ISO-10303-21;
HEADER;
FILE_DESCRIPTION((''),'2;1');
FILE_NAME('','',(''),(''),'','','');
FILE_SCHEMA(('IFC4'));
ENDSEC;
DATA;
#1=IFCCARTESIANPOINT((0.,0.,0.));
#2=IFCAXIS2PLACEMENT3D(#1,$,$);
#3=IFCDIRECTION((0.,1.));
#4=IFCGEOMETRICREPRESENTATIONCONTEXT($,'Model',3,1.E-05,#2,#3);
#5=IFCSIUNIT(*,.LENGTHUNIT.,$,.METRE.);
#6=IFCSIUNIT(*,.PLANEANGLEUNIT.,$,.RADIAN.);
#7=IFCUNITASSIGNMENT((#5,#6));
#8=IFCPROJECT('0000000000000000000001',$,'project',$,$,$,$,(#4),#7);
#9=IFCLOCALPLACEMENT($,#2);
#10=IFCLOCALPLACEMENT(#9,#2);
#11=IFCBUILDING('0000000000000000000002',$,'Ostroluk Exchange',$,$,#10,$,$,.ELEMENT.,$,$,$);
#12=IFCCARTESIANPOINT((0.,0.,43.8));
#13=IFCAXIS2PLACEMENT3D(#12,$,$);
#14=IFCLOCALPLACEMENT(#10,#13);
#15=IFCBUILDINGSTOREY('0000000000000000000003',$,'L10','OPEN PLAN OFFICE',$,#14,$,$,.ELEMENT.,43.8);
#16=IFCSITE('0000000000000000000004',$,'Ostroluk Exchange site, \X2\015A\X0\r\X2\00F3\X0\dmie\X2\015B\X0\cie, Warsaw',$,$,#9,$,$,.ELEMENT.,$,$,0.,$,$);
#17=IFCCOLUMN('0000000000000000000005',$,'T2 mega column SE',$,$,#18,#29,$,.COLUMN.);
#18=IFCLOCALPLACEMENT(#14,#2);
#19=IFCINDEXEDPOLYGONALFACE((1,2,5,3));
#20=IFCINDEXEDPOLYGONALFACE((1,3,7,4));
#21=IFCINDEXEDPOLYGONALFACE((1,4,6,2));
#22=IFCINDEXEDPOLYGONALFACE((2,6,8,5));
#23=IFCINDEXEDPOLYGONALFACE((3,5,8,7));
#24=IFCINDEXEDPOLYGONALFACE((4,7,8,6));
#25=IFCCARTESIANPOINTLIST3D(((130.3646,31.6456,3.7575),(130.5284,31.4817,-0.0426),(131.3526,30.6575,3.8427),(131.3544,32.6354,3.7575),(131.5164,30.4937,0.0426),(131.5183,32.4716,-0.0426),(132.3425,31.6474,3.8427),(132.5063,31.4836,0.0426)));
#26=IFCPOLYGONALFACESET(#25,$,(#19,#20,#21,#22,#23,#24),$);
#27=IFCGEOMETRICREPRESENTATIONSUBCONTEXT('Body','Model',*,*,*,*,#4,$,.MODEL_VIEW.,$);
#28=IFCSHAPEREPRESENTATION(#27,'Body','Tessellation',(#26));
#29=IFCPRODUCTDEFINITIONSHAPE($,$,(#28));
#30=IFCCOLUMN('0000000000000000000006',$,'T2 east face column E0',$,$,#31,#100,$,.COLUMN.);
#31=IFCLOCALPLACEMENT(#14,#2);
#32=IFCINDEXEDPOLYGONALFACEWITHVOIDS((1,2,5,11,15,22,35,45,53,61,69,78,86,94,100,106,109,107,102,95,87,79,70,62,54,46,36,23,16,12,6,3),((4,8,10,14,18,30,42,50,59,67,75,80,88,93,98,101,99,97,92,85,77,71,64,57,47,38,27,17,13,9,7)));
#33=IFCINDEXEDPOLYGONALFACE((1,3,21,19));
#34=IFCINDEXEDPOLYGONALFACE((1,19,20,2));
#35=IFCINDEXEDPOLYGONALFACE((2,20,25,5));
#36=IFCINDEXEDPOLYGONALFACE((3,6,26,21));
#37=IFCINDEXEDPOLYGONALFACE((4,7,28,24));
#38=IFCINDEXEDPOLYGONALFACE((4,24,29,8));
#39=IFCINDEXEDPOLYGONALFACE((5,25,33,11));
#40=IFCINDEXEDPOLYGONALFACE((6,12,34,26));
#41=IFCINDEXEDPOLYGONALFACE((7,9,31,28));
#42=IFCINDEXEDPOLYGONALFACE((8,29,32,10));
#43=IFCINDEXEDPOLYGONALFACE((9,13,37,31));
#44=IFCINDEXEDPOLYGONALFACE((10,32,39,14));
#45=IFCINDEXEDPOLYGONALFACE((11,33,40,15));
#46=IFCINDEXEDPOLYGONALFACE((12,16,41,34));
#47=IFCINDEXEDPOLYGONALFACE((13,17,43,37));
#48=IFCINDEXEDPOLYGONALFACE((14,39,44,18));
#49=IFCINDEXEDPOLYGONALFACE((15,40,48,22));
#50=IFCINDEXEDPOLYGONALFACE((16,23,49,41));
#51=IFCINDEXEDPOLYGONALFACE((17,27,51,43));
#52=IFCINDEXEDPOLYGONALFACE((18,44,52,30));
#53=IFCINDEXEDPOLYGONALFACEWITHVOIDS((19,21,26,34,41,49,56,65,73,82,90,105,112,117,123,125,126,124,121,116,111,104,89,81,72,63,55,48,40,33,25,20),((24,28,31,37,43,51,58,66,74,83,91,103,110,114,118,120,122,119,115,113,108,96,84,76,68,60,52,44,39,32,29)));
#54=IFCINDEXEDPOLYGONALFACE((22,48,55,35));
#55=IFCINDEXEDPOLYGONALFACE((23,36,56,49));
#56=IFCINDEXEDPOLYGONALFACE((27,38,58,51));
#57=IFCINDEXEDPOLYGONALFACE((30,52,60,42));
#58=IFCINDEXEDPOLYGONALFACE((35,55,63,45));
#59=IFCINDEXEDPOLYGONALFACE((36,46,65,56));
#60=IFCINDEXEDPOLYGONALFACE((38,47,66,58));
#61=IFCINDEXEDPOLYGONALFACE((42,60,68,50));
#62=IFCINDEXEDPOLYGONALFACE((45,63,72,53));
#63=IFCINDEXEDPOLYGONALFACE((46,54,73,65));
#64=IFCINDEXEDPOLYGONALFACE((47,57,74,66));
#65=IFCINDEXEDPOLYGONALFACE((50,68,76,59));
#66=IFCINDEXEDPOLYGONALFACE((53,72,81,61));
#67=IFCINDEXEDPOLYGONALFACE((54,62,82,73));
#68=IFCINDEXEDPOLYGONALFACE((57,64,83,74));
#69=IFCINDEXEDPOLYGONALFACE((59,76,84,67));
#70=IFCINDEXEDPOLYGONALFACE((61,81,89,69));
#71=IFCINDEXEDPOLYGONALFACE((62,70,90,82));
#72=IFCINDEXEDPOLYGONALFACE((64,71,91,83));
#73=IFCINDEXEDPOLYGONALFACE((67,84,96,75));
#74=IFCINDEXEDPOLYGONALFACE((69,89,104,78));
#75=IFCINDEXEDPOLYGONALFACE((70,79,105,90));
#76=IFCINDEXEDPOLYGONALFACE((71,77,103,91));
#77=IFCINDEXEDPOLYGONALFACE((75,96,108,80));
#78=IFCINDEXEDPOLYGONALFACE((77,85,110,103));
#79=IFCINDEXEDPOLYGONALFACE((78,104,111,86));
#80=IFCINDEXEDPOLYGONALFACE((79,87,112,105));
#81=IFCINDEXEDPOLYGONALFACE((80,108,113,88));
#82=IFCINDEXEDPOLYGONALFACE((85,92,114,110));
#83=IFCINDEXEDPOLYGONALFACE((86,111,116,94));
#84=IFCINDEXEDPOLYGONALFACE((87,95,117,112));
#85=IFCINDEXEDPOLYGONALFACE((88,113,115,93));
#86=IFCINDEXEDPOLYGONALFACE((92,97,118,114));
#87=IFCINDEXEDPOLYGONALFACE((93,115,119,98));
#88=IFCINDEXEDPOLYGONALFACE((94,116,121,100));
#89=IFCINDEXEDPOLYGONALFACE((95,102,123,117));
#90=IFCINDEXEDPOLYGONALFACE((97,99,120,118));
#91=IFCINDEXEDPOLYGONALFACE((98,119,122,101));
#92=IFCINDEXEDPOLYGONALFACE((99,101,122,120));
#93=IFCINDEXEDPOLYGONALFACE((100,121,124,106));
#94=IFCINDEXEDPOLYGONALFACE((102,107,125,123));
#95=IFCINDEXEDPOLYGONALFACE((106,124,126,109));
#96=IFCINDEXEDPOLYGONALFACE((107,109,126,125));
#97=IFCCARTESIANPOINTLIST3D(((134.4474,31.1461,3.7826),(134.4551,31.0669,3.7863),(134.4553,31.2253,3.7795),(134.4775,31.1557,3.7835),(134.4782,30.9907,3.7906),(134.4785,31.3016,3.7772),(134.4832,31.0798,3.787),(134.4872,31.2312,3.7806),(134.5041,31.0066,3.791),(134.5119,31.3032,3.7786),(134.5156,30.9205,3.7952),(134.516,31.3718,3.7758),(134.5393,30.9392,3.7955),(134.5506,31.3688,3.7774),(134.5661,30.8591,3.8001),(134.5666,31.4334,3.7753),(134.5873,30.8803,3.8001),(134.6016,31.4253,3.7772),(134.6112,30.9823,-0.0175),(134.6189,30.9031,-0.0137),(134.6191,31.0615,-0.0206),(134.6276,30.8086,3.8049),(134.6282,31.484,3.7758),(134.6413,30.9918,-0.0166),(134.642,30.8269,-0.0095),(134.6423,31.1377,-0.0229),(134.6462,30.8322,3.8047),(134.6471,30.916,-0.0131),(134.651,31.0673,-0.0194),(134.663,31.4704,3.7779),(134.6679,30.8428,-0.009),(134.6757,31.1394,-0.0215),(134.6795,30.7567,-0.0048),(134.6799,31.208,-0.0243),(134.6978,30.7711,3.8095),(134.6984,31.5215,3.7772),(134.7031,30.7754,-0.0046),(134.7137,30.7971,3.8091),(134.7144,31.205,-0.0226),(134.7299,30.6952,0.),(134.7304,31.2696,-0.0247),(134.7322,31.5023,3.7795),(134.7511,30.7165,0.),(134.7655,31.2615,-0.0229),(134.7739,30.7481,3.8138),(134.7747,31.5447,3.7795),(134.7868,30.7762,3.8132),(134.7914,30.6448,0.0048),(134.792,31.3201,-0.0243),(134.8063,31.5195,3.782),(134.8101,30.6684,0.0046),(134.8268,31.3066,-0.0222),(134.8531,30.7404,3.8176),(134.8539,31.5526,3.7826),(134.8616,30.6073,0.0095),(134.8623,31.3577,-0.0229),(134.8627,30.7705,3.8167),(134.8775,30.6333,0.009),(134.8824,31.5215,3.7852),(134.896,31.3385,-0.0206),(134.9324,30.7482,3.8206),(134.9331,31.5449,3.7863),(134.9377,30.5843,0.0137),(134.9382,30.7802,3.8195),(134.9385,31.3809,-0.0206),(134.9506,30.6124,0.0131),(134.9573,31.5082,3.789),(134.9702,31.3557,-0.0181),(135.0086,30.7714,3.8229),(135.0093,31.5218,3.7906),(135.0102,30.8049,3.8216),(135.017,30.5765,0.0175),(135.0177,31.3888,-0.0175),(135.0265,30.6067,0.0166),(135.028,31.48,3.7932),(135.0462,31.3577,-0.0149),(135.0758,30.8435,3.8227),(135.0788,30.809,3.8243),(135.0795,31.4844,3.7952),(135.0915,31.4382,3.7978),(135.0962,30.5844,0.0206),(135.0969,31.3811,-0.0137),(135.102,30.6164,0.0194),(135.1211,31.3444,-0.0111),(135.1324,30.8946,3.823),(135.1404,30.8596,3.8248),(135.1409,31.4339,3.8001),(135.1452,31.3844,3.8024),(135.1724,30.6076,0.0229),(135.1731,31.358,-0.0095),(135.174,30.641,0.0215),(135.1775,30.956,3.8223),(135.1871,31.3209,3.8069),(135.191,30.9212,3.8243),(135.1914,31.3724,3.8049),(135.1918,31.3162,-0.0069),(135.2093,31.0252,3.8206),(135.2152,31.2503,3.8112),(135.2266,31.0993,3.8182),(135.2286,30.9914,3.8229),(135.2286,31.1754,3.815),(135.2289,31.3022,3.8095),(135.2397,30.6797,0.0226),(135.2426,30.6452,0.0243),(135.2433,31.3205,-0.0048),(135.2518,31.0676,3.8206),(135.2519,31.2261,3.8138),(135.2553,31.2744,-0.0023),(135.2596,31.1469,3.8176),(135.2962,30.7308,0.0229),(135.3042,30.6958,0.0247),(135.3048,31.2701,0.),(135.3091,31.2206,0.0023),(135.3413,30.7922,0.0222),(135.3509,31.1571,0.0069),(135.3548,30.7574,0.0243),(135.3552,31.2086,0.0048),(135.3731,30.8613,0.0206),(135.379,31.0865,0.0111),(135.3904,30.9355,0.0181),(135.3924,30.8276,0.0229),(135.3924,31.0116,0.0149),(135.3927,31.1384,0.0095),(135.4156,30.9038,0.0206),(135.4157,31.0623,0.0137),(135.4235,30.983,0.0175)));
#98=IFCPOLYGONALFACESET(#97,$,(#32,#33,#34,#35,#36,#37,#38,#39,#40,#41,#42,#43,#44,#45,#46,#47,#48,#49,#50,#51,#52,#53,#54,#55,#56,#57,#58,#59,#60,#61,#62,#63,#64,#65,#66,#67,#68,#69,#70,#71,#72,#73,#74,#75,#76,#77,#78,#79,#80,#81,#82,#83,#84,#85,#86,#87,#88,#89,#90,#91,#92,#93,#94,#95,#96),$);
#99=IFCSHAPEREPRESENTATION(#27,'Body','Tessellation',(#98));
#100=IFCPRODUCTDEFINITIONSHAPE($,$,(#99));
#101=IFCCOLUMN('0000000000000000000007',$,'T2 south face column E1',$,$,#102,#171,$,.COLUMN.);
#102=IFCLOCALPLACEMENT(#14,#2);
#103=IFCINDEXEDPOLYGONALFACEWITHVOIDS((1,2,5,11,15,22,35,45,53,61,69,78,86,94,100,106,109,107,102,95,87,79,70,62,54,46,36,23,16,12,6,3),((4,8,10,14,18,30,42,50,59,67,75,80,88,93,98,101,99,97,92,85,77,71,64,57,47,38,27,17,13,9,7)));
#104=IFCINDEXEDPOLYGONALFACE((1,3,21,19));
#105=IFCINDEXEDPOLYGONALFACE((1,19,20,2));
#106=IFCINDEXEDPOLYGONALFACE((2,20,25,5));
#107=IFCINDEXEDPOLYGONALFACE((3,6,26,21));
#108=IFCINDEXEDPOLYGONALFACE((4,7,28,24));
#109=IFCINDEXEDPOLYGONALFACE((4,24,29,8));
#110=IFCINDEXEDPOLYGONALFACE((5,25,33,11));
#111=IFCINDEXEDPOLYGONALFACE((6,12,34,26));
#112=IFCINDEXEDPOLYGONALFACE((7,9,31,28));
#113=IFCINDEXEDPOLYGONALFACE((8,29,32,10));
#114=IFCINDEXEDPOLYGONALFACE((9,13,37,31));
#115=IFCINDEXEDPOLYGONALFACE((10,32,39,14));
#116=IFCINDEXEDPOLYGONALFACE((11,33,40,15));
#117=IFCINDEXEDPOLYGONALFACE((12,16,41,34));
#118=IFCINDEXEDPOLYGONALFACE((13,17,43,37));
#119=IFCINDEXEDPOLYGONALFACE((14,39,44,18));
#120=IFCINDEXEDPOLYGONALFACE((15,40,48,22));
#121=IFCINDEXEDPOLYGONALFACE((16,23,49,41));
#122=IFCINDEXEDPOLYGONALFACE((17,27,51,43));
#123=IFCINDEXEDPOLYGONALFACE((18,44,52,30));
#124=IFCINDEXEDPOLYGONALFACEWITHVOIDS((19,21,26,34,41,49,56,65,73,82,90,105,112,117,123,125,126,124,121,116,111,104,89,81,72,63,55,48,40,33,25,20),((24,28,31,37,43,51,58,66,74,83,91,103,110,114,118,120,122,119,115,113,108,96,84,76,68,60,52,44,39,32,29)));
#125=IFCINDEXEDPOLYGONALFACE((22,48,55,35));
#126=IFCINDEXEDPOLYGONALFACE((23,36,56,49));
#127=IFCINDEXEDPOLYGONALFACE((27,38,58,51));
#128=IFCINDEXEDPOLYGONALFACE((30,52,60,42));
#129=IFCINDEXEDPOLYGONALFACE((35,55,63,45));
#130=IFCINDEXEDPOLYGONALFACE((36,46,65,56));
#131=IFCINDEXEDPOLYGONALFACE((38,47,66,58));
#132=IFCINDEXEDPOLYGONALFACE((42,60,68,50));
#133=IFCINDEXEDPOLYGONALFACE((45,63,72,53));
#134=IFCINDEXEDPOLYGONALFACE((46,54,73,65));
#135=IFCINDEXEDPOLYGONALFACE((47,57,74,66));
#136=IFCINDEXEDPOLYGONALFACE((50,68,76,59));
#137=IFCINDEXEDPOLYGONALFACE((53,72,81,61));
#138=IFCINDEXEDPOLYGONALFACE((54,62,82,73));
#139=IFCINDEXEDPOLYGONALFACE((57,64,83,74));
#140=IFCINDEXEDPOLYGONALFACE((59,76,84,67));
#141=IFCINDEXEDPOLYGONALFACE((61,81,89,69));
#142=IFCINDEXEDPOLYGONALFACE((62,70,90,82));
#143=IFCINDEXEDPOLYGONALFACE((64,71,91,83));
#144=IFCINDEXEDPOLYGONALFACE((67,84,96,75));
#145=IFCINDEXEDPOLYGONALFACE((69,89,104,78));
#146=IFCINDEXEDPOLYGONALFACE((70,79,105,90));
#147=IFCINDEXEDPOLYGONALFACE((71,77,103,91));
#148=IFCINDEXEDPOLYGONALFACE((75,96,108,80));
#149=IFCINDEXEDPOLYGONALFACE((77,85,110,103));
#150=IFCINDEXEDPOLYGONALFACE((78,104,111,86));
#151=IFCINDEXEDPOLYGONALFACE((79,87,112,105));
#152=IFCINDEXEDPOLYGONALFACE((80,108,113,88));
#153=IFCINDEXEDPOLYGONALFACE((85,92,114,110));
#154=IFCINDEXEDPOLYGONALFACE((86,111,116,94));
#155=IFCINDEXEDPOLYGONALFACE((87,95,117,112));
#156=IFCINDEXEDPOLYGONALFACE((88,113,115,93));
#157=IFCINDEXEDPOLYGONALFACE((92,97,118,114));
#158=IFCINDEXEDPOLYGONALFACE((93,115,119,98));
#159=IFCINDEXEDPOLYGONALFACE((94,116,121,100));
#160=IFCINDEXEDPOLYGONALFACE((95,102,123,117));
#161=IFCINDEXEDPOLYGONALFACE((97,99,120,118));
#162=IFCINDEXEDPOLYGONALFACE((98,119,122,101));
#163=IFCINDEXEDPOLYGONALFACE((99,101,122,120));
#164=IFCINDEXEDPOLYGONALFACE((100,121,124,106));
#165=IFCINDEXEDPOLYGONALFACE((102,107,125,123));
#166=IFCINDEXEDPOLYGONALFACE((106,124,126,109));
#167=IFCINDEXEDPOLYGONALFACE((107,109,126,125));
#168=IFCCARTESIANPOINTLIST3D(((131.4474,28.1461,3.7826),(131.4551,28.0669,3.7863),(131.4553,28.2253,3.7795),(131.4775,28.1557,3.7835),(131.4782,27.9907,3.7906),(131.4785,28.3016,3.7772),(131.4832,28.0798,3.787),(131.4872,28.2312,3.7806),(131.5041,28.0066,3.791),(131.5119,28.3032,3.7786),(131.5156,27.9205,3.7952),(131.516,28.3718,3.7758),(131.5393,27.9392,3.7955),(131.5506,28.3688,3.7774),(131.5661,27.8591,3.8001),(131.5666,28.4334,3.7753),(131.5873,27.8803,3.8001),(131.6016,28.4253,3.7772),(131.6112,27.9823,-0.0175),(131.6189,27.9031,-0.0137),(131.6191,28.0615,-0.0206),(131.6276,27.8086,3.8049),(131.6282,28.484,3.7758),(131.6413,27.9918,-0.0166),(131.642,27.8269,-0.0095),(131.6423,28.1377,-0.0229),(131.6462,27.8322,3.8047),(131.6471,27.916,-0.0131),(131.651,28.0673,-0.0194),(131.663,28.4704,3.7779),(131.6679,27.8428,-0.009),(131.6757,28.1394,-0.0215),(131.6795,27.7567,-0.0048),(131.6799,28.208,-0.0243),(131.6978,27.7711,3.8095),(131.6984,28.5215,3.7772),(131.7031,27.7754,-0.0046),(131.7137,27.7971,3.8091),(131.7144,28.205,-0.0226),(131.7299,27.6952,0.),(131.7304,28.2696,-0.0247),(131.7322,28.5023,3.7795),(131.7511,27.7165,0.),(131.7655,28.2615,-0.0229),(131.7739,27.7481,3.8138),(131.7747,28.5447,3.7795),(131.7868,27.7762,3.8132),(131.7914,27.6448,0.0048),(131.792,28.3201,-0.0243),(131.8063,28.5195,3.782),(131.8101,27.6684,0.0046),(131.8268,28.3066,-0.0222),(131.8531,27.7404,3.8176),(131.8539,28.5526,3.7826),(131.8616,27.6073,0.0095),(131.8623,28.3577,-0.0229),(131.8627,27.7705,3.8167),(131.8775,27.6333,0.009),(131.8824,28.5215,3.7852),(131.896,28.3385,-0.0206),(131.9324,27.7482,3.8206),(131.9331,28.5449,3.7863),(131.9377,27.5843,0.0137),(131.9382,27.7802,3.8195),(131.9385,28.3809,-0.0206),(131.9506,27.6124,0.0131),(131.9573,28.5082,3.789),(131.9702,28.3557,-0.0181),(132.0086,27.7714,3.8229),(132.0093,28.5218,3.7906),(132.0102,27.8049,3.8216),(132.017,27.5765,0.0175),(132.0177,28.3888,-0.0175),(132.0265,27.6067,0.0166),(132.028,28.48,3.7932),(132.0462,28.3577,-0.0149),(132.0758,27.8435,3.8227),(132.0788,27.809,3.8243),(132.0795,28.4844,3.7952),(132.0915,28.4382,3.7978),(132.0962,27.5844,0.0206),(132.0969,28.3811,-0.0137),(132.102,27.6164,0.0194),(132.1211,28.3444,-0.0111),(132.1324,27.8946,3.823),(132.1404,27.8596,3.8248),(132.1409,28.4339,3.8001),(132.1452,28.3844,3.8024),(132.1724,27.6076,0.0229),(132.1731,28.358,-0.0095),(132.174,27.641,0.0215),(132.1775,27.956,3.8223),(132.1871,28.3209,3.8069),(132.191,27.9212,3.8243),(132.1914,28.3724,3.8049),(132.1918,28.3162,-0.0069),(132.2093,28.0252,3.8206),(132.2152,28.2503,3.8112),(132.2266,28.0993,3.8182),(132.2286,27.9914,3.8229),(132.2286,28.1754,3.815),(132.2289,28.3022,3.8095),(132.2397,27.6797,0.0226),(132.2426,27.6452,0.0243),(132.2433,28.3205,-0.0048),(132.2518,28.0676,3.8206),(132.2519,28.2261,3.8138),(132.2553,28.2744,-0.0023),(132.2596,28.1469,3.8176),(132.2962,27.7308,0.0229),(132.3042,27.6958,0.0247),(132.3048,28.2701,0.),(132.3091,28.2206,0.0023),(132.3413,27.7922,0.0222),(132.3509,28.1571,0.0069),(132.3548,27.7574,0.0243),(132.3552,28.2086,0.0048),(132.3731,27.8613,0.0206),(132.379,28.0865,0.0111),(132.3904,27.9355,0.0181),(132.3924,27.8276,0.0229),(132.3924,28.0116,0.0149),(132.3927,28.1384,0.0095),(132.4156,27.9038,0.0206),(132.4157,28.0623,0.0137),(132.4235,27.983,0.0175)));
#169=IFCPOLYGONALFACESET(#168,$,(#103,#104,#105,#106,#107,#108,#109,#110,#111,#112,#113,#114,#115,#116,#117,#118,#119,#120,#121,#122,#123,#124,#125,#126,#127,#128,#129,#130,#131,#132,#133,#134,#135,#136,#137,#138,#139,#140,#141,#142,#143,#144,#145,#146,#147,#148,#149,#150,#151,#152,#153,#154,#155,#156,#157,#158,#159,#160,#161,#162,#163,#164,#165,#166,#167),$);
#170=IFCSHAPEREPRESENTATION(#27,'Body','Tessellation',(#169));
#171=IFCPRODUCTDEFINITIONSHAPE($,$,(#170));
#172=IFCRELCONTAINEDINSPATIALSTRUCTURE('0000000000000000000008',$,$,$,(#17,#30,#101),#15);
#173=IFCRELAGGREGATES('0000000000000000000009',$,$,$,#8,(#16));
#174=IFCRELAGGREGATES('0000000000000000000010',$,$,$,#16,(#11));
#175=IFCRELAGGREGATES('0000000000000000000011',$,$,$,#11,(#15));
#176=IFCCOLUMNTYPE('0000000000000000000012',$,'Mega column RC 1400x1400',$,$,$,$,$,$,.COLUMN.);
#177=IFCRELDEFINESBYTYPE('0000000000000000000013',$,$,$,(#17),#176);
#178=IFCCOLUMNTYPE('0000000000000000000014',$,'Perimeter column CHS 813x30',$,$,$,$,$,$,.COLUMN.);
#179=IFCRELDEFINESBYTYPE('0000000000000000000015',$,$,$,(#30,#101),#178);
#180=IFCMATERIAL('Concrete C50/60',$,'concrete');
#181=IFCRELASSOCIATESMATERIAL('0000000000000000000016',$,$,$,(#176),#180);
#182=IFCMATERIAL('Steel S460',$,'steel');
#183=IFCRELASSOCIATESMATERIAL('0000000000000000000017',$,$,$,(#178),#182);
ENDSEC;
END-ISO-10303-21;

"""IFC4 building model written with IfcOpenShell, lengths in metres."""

from ifc_helpers import new_model, si_unit, direction, frame, origin, origin_2d, place, context, subcontext, project, spatial, rectangle, hollow_circle, extrude, material, material_profile, profile_set, type_object, element, save


model = new_model("IFC4")

# Units and contexts
model_context = context("Model", 3, precision=1e-05, world=origin(), true_north=direction((0.0, 1.0)))
body_context = subcontext(model_context, "Body", "Model", "MODEL_VIEW")
ifc_project = project(units=[si_unit("LENGTHUNIT", "METRE"), si_unit("PLANEANGLEUNIT", "RADIAN")], contexts=[model_context])

# Site, building, storey
site_placement = place(None, origin())
site = spatial("IfcSite", under=ifc_project, at=site_placement, Name="Ostroluk Exchange site, Śródmieście, Warsaw", CompositionType="ELEMENT", RefElevation=0.0)
building_placement = place(site_placement, origin())
building = spatial("IfcBuilding", under=site, at=building_placement, Name="Ostroluk Exchange", CompositionType="ELEMENT")
storey_placement = place(building_placement, frame((0.0, 0.0, 43.8)))
storey = spatial("IfcBuildingStorey", under=building, at=storey_placement, Name="L10", Description="OPEN PLAN OFFICE", CompositionType="ELEMENT", Elevation=43.8)

# Columns
ifc_material_1 = material(Name="Concrete C50/60", Category="concrete")
ifc_material_profile_1 = material_profile(ifc_material_1, rectangle(XDim=1.3999, YDim=1.3999, at=origin_2d()), Name="RC 1400x1400")
ifc_profile_set_1 = profile_set([ifc_material_profile_1], Name="Concrete C50/60")
column_type_1 = type_object("IfcColumnType", Name="Mega column RC 1400x1400", PredefinedType="COLUMN", material=ifc_profile_set_1)
column_placement = place(storey_placement, frame((131.5173, 31.4827, 0.0), z_axis=(-0.04303, 0.04303, 0.998147), x_axis=(-0.707107, -0.707107, 0.0)))
element("IfcColumn", 1, at=column_placement, inside=storey, type_object=column_type_1, Name="T2 mega column SE", PredefinedType="COLUMN", context=body_context, shape_type="SweptSolid", body=[
    extrude(rectangle(XDim=1.3999, YDim=1.3999, at=origin_2d()), origin(), (0.0, 0.0, 1.0), 3.8071),
])
ifc_material_2 = material(Name="Steel S460", Category="steel")
ifc_material_profile_2 = material_profile(ifc_material_2, hollow_circle(Radius=0.4065, WallThickness=0.03, at=origin_2d()), Name="CHS 813x30")
ifc_profile_set_2 = profile_set([ifc_material_profile_2], Name="Steel S460")
column_type_2 = type_object("IfcColumnType", Name="Perimeter column CHS 813x30", PredefinedType="COLUMN", material=ifc_profile_set_2)
for number, where, z_axis, x_axis, name in (
    (2, (135.0173, 30.9827, 0.0), (-0.04303, 0.04303, 0.998147), (-0.707107, -0.707107, 0.0), "T2 east face column E0"),
    (3, (132.0173, 27.9827, 0.0), (-0.04303, 0.04303, 0.998147), (-0.707107, -0.707107, 0.0), "T2 south face column E1"),
):
    element("IfcColumn", number, at=place(storey_placement, frame(where, z_axis=z_axis, x_axis=x_axis)), inside=storey, type_object=column_type_2, Name=name, PredefinedType="COLUMN", context=body_context, shape_type="SweptSolid", body=[
        extrude(hollow_circle(Radius=0.4065, WallThickness=0.03, at=origin_2d()), origin(), (0.0, 0.0, 1.0), 3.8071),
    ])

save(model, "model.ifc")
